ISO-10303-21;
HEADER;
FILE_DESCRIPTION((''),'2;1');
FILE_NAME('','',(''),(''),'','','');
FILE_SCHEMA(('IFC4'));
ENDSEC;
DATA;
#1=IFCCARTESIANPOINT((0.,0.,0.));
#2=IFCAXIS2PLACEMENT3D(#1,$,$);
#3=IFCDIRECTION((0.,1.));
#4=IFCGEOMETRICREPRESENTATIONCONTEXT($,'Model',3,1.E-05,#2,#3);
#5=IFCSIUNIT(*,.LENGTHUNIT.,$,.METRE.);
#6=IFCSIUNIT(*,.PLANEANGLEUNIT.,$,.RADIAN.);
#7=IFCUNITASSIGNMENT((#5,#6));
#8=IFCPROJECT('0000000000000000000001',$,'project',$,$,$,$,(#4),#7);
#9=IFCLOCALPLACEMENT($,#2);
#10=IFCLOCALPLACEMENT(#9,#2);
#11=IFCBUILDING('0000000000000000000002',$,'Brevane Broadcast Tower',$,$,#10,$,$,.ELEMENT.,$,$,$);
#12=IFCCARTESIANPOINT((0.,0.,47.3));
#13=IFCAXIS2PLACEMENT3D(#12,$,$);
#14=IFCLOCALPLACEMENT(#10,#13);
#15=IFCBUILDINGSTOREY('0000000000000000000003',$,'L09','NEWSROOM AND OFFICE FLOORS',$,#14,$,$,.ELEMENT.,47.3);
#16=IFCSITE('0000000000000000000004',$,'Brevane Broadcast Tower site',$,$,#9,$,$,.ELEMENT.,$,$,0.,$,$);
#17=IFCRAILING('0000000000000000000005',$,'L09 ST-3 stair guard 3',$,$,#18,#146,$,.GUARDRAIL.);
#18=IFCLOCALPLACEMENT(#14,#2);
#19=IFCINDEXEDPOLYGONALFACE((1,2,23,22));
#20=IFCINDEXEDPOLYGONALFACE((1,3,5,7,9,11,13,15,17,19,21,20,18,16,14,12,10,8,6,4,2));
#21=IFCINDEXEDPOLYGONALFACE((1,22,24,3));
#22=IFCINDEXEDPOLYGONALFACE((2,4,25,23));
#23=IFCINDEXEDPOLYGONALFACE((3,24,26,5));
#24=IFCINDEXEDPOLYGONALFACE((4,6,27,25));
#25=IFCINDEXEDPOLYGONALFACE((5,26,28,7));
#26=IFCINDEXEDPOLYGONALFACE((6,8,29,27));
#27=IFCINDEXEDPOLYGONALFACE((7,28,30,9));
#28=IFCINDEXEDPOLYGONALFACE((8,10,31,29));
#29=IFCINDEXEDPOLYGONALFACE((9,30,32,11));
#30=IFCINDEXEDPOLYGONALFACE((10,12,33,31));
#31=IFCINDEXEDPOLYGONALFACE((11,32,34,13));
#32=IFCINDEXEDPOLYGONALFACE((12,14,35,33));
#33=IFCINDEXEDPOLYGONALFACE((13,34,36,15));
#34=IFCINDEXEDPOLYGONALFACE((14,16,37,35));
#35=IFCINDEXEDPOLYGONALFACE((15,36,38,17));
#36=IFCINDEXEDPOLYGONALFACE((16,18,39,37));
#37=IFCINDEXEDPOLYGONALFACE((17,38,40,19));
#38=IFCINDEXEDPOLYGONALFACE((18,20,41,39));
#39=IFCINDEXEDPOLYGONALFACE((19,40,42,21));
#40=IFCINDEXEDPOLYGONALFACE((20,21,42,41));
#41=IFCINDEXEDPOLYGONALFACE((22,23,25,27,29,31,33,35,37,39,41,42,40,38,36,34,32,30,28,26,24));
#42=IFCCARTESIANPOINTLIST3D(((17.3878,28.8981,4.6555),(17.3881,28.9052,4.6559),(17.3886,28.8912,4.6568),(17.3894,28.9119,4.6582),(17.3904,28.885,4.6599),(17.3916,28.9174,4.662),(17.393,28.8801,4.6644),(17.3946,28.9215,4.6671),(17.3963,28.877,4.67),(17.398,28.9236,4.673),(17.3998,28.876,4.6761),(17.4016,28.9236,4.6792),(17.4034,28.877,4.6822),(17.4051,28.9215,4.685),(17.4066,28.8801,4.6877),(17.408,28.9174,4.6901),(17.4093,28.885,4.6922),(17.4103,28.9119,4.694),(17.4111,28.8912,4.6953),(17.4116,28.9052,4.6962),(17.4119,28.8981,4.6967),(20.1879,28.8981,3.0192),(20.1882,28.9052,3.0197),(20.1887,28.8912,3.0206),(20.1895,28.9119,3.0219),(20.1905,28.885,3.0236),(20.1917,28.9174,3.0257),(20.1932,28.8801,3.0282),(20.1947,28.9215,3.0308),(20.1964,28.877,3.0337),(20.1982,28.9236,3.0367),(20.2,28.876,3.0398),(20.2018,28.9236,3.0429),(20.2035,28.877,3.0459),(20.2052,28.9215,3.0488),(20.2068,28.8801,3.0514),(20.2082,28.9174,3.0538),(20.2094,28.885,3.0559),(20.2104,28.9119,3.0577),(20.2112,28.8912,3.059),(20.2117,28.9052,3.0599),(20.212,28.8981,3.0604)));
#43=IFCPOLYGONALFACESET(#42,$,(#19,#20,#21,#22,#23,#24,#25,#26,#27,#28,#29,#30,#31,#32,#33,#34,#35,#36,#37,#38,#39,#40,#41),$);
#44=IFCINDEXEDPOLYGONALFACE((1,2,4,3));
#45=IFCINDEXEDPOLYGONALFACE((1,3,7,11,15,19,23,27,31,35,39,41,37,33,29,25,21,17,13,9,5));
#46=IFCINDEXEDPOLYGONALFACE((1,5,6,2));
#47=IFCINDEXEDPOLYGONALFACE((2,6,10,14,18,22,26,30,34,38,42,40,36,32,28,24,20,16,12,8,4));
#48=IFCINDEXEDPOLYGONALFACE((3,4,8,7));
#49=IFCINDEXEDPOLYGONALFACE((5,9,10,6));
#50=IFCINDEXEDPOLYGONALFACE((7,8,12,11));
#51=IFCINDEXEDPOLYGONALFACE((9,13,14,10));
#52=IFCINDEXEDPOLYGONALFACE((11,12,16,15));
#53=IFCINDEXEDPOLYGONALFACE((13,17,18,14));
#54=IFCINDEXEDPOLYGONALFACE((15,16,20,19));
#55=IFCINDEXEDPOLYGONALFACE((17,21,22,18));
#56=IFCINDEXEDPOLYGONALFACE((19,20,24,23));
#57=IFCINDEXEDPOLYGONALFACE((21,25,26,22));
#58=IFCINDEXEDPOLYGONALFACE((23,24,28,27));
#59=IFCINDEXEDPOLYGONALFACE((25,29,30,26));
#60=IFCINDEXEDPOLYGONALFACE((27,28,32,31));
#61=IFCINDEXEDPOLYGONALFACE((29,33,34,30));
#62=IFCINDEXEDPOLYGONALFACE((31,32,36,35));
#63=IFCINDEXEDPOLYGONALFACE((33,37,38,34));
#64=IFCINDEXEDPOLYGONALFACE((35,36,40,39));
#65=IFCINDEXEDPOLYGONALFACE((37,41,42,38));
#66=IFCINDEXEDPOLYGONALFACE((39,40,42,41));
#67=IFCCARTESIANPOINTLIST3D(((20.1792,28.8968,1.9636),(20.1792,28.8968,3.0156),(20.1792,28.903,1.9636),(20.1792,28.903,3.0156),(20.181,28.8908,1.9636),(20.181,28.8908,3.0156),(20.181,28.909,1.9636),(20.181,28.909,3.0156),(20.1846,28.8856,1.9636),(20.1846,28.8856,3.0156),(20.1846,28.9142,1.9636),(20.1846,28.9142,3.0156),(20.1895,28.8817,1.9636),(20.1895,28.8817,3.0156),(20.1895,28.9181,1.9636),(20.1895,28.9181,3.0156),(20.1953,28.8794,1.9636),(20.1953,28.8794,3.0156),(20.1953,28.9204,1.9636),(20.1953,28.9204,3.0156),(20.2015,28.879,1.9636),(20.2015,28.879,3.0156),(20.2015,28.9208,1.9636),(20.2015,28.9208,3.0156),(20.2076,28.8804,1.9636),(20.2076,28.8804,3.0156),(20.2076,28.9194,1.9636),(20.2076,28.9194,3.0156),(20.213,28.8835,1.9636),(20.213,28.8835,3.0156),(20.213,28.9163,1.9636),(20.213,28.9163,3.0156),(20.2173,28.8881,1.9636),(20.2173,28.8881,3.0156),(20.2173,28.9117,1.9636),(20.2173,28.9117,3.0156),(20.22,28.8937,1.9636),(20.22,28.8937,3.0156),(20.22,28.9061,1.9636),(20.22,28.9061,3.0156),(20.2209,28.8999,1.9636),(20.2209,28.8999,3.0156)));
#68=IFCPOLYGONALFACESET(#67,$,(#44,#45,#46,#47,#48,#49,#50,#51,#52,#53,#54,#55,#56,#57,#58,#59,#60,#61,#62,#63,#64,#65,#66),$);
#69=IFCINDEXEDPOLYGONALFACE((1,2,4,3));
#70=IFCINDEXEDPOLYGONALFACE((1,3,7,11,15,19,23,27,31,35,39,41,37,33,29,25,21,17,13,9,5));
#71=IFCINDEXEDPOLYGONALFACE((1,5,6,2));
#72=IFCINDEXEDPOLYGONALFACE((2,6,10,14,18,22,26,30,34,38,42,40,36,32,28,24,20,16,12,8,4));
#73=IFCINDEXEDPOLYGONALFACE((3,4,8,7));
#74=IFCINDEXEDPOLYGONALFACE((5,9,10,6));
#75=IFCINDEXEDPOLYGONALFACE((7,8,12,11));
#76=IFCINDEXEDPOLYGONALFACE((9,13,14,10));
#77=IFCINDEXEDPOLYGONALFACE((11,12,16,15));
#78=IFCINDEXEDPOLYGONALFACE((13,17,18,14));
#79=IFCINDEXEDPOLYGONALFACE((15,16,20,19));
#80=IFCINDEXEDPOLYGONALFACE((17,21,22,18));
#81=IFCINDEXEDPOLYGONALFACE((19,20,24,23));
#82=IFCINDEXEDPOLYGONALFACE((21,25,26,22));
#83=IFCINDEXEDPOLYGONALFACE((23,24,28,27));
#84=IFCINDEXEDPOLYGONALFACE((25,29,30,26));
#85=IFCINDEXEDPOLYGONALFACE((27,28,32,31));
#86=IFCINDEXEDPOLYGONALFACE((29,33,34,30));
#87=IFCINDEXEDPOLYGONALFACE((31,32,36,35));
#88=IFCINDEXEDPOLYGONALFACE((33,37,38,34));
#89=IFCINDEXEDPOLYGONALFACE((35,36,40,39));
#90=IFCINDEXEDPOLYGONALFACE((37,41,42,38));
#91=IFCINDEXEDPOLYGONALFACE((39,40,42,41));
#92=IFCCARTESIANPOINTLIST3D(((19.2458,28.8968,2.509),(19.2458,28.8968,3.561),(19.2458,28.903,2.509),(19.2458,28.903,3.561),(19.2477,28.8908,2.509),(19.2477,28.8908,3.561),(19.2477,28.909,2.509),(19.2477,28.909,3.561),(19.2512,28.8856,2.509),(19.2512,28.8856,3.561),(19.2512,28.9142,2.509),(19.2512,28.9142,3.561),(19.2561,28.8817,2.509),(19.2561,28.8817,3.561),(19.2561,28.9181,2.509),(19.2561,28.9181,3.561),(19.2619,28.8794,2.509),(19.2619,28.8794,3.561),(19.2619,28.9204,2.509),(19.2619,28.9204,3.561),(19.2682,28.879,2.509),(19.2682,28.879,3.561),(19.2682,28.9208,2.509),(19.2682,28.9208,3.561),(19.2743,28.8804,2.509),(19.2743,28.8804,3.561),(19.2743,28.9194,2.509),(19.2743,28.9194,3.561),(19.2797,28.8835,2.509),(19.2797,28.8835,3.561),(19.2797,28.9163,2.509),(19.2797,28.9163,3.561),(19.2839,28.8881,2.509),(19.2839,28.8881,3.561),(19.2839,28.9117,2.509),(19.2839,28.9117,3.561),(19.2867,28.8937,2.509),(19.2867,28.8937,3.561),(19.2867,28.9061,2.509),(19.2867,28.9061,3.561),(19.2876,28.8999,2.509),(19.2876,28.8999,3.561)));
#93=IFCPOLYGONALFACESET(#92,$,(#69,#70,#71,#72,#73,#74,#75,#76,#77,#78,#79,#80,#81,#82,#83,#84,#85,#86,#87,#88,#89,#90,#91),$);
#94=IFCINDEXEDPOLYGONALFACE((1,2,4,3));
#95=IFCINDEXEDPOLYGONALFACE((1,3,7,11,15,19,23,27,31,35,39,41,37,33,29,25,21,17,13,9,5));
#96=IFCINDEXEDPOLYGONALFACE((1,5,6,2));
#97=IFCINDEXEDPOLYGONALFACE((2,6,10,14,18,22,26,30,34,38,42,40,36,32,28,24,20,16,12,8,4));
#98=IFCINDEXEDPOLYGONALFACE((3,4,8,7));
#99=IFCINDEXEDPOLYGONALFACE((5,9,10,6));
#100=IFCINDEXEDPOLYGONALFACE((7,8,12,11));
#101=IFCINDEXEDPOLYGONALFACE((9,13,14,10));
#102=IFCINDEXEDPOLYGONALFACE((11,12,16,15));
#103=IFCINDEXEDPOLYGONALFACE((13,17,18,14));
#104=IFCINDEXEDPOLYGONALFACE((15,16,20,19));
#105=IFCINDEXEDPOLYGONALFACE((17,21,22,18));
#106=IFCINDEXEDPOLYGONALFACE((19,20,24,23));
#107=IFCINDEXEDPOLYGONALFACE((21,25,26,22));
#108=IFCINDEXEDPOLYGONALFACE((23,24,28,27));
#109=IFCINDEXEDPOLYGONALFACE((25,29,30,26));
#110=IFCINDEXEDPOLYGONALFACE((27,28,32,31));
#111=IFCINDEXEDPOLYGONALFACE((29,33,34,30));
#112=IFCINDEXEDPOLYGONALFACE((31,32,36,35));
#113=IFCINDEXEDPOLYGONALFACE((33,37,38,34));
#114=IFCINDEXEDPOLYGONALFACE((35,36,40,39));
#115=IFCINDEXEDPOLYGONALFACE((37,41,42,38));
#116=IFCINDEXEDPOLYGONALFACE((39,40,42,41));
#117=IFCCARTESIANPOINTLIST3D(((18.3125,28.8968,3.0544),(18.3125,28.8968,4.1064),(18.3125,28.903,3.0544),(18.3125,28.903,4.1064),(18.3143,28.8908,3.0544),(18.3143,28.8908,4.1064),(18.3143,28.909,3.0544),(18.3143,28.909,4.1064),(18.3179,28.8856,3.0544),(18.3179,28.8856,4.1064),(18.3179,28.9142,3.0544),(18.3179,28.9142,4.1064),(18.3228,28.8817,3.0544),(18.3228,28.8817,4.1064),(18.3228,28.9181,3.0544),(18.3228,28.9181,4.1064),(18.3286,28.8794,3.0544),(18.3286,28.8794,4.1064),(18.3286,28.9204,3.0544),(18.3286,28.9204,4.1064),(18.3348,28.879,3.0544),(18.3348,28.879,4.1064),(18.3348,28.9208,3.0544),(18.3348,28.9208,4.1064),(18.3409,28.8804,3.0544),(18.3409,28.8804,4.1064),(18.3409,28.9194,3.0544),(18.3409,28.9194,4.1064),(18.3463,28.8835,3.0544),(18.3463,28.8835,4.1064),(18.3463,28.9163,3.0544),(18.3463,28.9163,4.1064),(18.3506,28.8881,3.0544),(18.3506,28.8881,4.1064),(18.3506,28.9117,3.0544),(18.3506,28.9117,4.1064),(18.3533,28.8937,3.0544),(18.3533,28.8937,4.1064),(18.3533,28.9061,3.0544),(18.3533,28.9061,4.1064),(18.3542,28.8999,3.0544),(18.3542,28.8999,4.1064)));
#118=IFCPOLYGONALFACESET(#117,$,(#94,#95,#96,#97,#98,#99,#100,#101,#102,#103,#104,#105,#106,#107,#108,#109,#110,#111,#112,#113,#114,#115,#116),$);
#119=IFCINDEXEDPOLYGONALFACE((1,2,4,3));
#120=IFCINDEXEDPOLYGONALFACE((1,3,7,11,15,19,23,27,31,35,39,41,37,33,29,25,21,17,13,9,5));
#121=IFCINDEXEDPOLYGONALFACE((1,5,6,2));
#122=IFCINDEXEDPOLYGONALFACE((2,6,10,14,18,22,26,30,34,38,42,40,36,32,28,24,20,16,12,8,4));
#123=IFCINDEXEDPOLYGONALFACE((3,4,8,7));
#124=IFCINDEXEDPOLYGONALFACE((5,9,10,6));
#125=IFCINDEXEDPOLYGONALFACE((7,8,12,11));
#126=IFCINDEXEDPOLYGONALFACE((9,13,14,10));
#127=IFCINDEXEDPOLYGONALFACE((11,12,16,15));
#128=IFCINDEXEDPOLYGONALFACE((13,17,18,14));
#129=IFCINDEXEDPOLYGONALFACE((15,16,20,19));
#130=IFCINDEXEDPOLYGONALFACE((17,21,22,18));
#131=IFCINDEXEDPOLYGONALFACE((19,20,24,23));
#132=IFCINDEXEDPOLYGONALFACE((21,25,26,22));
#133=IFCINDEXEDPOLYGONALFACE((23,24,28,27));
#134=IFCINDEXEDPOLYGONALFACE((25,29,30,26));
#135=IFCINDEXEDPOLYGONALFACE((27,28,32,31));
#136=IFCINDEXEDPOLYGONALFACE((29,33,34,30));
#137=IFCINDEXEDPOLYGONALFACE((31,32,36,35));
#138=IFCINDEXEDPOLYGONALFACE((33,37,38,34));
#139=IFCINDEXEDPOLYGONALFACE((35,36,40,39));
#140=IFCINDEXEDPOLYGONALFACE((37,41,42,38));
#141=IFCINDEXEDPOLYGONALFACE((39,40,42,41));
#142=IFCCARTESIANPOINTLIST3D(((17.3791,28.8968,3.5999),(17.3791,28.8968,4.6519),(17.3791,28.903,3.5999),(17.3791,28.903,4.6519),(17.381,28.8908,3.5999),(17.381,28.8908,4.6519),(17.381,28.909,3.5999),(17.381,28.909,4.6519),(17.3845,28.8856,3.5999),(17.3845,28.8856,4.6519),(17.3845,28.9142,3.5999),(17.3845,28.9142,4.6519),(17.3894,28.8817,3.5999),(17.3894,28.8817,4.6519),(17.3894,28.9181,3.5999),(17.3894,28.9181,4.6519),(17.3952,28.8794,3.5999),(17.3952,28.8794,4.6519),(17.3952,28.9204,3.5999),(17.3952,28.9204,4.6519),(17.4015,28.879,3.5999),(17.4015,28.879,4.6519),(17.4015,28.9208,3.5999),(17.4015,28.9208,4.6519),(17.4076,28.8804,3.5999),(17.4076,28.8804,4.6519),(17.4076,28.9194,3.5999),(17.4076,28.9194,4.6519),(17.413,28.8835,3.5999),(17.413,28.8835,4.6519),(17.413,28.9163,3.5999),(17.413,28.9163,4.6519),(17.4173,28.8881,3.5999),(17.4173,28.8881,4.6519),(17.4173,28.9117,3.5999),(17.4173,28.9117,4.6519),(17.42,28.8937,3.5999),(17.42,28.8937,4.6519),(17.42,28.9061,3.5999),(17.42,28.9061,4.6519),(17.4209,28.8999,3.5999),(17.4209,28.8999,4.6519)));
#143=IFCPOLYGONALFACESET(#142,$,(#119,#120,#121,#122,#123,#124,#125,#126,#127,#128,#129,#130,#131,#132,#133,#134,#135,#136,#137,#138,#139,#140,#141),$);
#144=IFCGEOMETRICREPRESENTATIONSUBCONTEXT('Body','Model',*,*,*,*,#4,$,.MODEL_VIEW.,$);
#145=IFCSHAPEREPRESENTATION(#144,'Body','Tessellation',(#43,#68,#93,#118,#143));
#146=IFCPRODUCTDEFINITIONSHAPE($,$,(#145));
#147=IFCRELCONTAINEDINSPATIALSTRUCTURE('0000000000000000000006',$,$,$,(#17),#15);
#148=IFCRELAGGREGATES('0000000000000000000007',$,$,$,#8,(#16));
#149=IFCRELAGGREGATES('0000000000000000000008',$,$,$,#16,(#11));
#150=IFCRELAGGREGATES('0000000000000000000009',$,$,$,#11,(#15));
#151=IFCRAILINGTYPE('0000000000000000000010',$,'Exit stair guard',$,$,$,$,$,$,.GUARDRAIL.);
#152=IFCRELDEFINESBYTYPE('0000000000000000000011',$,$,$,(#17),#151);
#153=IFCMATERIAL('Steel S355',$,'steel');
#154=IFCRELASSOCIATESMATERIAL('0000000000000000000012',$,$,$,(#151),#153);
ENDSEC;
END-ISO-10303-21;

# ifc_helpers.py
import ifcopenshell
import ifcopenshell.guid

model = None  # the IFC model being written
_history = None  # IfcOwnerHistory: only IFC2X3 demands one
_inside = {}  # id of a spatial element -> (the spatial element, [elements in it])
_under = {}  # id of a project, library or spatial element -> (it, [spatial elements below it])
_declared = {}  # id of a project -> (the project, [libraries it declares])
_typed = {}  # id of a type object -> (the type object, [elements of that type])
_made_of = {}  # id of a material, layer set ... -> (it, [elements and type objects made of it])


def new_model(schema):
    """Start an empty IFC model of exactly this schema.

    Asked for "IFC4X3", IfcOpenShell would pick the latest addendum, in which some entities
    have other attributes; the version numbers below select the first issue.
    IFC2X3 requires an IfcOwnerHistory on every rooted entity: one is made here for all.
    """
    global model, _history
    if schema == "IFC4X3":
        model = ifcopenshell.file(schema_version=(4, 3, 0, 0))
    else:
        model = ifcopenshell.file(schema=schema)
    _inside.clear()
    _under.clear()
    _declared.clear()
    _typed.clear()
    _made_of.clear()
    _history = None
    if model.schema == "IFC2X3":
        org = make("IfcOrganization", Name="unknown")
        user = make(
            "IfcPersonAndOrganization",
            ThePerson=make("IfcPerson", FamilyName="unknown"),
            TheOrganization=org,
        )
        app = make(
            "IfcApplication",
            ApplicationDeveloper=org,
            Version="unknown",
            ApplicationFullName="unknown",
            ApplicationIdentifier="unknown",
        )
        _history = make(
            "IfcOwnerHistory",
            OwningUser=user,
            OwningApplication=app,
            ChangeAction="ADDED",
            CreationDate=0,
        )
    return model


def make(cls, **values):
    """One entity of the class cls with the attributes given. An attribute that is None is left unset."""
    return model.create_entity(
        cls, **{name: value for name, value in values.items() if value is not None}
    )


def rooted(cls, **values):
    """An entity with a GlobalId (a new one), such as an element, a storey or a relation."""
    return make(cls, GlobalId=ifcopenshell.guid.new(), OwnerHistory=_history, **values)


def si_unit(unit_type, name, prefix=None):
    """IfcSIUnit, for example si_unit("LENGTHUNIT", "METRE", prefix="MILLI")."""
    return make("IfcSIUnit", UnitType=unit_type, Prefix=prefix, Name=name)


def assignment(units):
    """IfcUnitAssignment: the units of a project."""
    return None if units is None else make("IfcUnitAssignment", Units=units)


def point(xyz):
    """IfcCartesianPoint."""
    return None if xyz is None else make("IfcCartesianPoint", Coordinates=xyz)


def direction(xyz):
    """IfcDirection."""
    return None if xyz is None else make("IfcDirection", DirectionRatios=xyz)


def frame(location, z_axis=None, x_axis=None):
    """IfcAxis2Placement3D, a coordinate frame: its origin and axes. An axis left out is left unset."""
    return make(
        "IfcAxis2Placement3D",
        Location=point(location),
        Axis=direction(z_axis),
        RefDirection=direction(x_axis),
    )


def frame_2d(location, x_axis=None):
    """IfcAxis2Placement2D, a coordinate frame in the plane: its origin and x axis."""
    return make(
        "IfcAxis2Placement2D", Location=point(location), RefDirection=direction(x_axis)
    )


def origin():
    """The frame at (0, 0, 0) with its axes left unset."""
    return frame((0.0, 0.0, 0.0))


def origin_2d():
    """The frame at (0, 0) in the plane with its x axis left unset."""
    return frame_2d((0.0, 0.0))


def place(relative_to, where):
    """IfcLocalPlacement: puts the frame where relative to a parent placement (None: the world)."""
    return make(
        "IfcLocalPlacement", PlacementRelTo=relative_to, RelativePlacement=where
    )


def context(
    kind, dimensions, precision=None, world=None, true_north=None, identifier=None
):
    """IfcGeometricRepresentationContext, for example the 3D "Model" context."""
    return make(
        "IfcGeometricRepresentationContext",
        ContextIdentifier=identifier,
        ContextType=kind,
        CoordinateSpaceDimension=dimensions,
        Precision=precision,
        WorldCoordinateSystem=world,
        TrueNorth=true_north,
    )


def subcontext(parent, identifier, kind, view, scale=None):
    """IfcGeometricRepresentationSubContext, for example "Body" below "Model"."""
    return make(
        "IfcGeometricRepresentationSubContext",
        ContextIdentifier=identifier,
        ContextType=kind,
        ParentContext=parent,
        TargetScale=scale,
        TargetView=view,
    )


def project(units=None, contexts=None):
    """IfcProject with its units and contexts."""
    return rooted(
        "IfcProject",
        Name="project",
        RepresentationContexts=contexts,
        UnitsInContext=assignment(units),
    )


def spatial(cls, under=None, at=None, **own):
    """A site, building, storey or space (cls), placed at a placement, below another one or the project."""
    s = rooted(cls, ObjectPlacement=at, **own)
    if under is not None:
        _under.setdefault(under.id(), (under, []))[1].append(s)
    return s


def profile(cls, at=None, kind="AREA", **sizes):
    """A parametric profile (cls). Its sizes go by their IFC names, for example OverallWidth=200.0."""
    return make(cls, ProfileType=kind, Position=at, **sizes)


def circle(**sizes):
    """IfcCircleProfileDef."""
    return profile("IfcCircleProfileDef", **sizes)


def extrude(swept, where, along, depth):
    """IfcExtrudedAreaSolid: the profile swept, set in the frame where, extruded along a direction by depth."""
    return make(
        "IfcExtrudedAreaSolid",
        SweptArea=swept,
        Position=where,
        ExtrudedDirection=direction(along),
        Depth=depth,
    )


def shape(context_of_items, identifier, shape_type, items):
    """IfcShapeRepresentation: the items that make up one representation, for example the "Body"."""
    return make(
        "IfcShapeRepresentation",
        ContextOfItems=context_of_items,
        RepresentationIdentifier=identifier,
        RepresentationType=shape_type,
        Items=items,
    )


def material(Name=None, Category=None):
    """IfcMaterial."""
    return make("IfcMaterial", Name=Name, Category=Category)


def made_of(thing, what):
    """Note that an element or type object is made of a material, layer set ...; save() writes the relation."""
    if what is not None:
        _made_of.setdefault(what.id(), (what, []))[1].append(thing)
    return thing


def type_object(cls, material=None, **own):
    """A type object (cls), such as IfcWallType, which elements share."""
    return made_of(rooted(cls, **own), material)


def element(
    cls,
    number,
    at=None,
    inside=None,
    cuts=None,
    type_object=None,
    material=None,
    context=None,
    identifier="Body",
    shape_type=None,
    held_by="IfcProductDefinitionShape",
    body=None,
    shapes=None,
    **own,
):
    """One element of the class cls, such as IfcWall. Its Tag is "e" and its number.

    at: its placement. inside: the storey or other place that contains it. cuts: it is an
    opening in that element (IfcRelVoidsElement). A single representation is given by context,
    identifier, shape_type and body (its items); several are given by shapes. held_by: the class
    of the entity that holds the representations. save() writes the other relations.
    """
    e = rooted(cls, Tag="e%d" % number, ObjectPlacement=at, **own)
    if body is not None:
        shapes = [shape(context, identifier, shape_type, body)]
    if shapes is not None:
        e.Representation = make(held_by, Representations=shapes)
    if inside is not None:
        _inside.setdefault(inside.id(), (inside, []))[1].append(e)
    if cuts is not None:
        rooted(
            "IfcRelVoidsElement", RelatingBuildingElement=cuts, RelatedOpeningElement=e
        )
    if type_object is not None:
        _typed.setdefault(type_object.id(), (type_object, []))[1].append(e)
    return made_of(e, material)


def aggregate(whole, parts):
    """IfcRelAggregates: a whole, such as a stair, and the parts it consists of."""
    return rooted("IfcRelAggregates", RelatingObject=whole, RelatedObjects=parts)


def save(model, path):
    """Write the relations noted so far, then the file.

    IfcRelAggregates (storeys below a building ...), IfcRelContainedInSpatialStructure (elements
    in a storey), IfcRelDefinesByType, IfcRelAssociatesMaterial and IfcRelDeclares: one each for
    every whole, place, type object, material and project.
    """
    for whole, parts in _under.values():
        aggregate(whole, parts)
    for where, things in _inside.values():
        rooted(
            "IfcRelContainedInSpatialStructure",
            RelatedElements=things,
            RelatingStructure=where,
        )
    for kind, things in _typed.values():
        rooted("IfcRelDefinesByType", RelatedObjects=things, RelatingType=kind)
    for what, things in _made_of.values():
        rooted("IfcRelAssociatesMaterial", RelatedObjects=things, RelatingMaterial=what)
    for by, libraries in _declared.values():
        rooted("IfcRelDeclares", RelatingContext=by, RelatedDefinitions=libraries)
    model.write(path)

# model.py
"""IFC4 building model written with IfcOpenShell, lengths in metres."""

from ifc_helpers import new_model, si_unit, direction, frame, origin, origin_2d, place, context, subcontext, project, spatial, circle, extrude, material, type_object, element, save


model = new_model("IFC4")

# Units and contexts
model_context = context("Model", 3, precision=1e-05, world=origin(), true_north=direction((0.0, 1.0)))
body_context = subcontext(model_context, "Body", "Model", "MODEL_VIEW")
ifc_project = project(units=[si_unit("LENGTHUNIT", "METRE"), si_unit("PLANEANGLEUNIT", "RADIAN")], contexts=[model_context])

# Site, building, storey
site_placement = place(None, origin())
site = spatial("IfcSite", under=ifc_project, at=site_placement, Name="Brevane Broadcast Tower site", CompositionType="ELEMENT", RefElevation=0.0)
building_placement = place(site_placement, origin())
building = spatial("IfcBuilding", under=site, at=building_placement, Name="Brevane Broadcast Tower", CompositionType="ELEMENT")
storey_placement = place(building_placement, frame((0.0, 0.0, 47.3)))
storey = spatial("IfcBuildingStorey", under=building, at=storey_placement, Name="L09", Description="NEWSROOM AND OFFICE FLOORS", CompositionType="ELEMENT", Elevation=47.3)

# Railing
ifc_material_1 = material(Name="Steel S355", Category="steel")
railing_type_1 = type_object("IfcRailingType", Name="Exit stair guard", PredefinedType="GUARDRAIL", material=ifc_material_1)
railing_1_placement = place(storey_placement, frame((20.2, 28.8999, 1.9636)))
element("IfcRailing", 1, at=railing_1_placement, inside=storey, type_object=railing_type_1, Name="L09 ST-3 stair guard 3", PredefinedType="GUARDRAIL", context=body_context, shape_type="SweptSolid", body=[
    extrude(circle(Radius=0.0239, at=origin_2d()), frame((0.0, 0.0, 1.0762), z_axis=(-0.863394, 0.0, 0.504531), x_axis=(0.0, -1.0, 0.0)), (0.0, 0.0, 1.0), 3.2432),
    extrude(circle(Radius=0.021, at=origin_2d()), origin(), (0.0, 0.0, 1.0), 1.052),
    extrude(circle(Radius=0.021, at=origin_2d()), frame((-0.9333, 0.0, 0.5454)), (0.0, 0.0, 1.0), 1.052),
    extrude(circle(Radius=0.021, at=origin_2d()), frame((-1.8667, 0.0, 1.0908)), (0.0, 0.0, 1.0), 1.052),
    extrude(circle(Radius=0.021, at=origin_2d()), frame((-2.8, 0.0, 1.6362)), (0.0, 0.0, 1.0), 1.052),
])

save(model, "model.ifc")
